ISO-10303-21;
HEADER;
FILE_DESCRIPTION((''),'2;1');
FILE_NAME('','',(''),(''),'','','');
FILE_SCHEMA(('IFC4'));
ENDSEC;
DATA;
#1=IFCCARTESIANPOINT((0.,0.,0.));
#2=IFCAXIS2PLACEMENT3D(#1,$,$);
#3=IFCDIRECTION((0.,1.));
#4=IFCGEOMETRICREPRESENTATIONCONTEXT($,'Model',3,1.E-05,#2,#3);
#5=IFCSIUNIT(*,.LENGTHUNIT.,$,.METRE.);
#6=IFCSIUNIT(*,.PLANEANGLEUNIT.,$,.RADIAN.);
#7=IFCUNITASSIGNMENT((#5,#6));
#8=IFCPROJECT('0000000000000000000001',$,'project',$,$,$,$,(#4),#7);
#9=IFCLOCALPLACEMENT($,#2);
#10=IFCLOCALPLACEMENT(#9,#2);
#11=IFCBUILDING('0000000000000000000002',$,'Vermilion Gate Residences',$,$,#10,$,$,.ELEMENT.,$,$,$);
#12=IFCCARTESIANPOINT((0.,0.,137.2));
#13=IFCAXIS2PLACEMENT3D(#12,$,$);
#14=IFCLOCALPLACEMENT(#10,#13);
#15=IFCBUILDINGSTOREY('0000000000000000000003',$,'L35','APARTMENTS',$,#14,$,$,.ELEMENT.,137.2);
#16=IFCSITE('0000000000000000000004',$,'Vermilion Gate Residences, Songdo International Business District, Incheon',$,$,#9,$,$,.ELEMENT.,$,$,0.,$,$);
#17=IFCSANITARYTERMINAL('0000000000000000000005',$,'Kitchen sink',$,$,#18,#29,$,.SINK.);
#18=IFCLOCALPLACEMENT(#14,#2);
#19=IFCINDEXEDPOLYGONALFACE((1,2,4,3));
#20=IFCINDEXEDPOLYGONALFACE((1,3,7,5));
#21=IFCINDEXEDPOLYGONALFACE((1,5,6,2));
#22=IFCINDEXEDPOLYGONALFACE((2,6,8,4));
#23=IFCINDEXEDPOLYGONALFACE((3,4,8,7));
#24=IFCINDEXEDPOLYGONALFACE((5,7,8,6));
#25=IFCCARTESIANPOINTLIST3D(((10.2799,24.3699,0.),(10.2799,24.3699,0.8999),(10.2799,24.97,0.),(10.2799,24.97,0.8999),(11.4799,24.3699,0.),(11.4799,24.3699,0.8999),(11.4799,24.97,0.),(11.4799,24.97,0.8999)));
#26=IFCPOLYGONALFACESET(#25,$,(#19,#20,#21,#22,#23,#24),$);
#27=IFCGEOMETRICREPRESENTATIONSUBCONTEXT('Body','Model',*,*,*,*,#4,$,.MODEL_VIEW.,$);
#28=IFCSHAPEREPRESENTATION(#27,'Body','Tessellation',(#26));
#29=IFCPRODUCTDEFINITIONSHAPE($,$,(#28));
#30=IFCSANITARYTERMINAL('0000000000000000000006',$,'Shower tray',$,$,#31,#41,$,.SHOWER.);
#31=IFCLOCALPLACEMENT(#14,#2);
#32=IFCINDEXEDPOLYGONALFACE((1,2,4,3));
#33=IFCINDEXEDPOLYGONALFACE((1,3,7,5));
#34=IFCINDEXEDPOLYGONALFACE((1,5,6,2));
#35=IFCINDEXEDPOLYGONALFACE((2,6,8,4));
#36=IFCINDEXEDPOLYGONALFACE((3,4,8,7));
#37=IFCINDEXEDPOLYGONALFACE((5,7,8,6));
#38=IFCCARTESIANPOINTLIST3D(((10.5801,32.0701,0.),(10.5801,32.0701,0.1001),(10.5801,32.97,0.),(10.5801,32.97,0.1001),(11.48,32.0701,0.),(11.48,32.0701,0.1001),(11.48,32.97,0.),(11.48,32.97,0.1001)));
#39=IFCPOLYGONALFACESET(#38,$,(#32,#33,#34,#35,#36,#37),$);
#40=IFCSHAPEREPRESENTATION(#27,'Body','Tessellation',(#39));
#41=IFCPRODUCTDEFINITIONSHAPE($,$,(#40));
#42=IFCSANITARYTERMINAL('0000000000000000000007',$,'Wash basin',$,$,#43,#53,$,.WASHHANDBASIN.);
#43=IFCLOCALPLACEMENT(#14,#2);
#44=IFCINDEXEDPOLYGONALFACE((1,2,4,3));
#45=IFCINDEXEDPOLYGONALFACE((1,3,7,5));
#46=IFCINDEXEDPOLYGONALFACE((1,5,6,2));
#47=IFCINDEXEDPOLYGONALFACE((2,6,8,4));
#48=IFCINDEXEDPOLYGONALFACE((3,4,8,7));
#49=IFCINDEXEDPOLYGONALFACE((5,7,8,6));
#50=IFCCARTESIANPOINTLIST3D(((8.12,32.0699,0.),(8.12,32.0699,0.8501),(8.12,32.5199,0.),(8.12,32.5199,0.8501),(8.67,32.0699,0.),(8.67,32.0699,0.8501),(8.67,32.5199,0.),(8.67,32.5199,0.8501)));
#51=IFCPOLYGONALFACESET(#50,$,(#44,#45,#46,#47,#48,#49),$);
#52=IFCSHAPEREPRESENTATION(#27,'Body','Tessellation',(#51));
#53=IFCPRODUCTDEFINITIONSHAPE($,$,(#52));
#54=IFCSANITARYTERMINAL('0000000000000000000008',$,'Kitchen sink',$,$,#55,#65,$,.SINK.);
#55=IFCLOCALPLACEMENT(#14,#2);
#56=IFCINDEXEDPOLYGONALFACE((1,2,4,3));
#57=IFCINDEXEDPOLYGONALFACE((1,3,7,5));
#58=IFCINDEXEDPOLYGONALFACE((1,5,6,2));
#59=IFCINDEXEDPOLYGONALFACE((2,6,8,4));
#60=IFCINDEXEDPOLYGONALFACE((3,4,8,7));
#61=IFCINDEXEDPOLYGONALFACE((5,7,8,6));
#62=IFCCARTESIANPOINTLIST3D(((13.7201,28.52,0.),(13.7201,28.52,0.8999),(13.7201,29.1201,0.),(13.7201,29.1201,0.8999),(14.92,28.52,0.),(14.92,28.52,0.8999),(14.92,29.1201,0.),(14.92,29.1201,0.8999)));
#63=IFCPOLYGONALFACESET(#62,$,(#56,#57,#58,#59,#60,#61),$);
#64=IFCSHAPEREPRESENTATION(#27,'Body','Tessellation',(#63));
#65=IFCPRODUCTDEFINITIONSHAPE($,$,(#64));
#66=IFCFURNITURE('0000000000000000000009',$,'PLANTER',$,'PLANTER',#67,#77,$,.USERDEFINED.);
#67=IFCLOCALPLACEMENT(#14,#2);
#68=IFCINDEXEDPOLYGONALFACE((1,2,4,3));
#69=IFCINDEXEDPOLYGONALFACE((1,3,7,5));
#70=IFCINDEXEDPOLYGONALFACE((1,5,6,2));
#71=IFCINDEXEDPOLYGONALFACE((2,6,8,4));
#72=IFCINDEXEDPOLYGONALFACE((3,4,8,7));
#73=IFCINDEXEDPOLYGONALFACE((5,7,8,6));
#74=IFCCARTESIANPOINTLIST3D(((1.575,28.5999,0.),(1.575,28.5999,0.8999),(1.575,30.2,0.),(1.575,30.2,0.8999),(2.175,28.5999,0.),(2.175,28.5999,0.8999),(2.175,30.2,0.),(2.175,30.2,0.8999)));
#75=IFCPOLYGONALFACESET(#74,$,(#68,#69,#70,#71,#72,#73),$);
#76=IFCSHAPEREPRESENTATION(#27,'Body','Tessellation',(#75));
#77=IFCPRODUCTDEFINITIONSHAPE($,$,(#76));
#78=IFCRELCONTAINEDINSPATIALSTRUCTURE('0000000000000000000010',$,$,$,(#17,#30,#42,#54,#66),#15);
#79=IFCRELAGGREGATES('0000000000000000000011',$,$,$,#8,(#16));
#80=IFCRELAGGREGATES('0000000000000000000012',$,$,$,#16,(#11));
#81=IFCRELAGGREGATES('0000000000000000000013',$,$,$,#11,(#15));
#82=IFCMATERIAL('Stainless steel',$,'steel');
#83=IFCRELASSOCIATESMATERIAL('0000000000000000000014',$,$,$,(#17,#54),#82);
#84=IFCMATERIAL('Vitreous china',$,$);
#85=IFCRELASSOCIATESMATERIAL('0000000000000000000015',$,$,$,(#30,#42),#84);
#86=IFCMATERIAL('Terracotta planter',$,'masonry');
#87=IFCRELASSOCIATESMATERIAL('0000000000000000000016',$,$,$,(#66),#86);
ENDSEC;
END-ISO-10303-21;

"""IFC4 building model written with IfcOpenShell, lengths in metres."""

from ifc_helpers import new_model, si_unit, direction, frame, origin, origin_2d, place, context, subcontext, project, spatial, rectangle, extrude, material, element, save


model = new_model("IFC4")

# Units and contexts
model_context = context("Model", 3, precision=1e-05, world=origin(), true_north=direction((0.0, 1.0)))
body_context = subcontext(model_context, "Body", "Model", "MODEL_VIEW")
ifc_project = project(units=[si_unit("LENGTHUNIT", "METRE"), si_unit("PLANEANGLEUNIT", "RADIAN")], contexts=[model_context])

# Site, building, storey
site_placement = place(None, origin())
site = spatial("IfcSite", under=ifc_project, at=site_placement, Name="Vermilion Gate Residences, Songdo International Business District, Incheon", CompositionType="ELEMENT", RefElevation=0.0)
building_placement = place(site_placement, origin())
building = spatial("IfcBuilding", under=site, at=building_placement, Name="Vermilion Gate Residences", CompositionType="ELEMENT")
storey_placement = place(building_placement, frame((0.0, 0.0, 137.2)))
storey = spatial("IfcBuildingStorey", under=building, at=storey_placement, Name="L35", Description="APARTMENTS", CompositionType="ELEMENT", Elevation=137.2)

# Sanitary terminals
ifc_material_1 = material(Name="Stainless steel", Category="steel")
sanitary_terminal_1_placement = place(storey_placement, frame((10.8799, 24.6699, 0.0), z_axis=(0.0, 0.0, 1.0), x_axis=(1.0, 0.0, 0.0)))
element("IfcSanitaryTerminal", 1, at=sanitary_terminal_1_placement, inside=storey, material=ifc_material_1, Name="Kitchen sink", PredefinedType="SINK", context=body_context, shape_type="SweptSolid", body=[
    extrude(rectangle(XDim=1.2, YDim=0.6001, at=origin_2d()), origin(), (0.0, 0.0, 1.0), 0.8999),
])
ifc_material_2 = material(Name="Vitreous china")
sanitary_terminal_2_placement = place(storey_placement, frame((11.03, 32.52, 0.0), z_axis=(0.0, 0.0, 1.0), x_axis=(1.0, 0.0, 0.0)))
element("IfcSanitaryTerminal", 2, at=sanitary_terminal_2_placement, inside=storey, material=ifc_material_2, Name="Shower tray", PredefinedType="SHOWER", context=body_context, shape_type="SweptSolid", body=[
    extrude(rectangle(XDim=0.8999, YDim=0.8999, at=origin_2d()), origin(), (0.0, 0.0, 1.0), 0.1001),
])
sanitary_terminal_3_placement = place(storey_placement, frame((8.395, 32.2949, 0.0), z_axis=(0.0, 0.0, 1.0), x_axis=(1.0, 0.0, 0.0)))
element("IfcSanitaryTerminal", 3, at=sanitary_terminal_3_placement, inside=storey, material=ifc_material_2, Name="Wash basin", PredefinedType="WASHHANDBASIN", context=body_context, shape_type="SweptSolid", body=[
    extrude(rectangle(XDim=0.55, YDim=0.45, at=origin_2d()), origin(), (0.0, 0.0, 1.0), 0.8501),
])
sanitary_terminal_4_placement = place(storey_placement, frame((14.3201, 28.8201, 0.0), z_axis=(0.0, 0.0, 1.0), x_axis=(1.0, 0.0, 0.0)))
element("IfcSanitaryTerminal", 4, at=sanitary_terminal_4_placement, inside=storey, material=ifc_material_1, Name="Kitchen sink", PredefinedType="SINK", context=body_context, shape_type="SweptSolid", body=[
    extrude(rectangle(XDim=1.2, YDim=0.6001, at=origin_2d()), origin(), (0.0, 0.0, 1.0), 0.8999),
])

# Furniture
ifc_material_3 = material(Name="Terracotta planter", Category="masonry")
furniture_placement = place(storey_placement, frame((1.875, 29.3999, 0.0), z_axis=(0.0, 0.0, 1.0), x_axis=(0.0, -1.0, 0.0)))
element("IfcFurniture", 5, at=furniture_placement, inside=storey, material=ifc_material_3, Name="PLANTER", ObjectType="PLANTER", PredefinedType="USERDEFINED", context=body_context, shape_type="SweptSolid", body=[
    extrude(rectangle(XDim=1.6001, YDim=0.6001, at=origin_2d()), origin(), (0.0, 0.0, 1.0), 0.8999),
])

save(model, "model.ifc")
